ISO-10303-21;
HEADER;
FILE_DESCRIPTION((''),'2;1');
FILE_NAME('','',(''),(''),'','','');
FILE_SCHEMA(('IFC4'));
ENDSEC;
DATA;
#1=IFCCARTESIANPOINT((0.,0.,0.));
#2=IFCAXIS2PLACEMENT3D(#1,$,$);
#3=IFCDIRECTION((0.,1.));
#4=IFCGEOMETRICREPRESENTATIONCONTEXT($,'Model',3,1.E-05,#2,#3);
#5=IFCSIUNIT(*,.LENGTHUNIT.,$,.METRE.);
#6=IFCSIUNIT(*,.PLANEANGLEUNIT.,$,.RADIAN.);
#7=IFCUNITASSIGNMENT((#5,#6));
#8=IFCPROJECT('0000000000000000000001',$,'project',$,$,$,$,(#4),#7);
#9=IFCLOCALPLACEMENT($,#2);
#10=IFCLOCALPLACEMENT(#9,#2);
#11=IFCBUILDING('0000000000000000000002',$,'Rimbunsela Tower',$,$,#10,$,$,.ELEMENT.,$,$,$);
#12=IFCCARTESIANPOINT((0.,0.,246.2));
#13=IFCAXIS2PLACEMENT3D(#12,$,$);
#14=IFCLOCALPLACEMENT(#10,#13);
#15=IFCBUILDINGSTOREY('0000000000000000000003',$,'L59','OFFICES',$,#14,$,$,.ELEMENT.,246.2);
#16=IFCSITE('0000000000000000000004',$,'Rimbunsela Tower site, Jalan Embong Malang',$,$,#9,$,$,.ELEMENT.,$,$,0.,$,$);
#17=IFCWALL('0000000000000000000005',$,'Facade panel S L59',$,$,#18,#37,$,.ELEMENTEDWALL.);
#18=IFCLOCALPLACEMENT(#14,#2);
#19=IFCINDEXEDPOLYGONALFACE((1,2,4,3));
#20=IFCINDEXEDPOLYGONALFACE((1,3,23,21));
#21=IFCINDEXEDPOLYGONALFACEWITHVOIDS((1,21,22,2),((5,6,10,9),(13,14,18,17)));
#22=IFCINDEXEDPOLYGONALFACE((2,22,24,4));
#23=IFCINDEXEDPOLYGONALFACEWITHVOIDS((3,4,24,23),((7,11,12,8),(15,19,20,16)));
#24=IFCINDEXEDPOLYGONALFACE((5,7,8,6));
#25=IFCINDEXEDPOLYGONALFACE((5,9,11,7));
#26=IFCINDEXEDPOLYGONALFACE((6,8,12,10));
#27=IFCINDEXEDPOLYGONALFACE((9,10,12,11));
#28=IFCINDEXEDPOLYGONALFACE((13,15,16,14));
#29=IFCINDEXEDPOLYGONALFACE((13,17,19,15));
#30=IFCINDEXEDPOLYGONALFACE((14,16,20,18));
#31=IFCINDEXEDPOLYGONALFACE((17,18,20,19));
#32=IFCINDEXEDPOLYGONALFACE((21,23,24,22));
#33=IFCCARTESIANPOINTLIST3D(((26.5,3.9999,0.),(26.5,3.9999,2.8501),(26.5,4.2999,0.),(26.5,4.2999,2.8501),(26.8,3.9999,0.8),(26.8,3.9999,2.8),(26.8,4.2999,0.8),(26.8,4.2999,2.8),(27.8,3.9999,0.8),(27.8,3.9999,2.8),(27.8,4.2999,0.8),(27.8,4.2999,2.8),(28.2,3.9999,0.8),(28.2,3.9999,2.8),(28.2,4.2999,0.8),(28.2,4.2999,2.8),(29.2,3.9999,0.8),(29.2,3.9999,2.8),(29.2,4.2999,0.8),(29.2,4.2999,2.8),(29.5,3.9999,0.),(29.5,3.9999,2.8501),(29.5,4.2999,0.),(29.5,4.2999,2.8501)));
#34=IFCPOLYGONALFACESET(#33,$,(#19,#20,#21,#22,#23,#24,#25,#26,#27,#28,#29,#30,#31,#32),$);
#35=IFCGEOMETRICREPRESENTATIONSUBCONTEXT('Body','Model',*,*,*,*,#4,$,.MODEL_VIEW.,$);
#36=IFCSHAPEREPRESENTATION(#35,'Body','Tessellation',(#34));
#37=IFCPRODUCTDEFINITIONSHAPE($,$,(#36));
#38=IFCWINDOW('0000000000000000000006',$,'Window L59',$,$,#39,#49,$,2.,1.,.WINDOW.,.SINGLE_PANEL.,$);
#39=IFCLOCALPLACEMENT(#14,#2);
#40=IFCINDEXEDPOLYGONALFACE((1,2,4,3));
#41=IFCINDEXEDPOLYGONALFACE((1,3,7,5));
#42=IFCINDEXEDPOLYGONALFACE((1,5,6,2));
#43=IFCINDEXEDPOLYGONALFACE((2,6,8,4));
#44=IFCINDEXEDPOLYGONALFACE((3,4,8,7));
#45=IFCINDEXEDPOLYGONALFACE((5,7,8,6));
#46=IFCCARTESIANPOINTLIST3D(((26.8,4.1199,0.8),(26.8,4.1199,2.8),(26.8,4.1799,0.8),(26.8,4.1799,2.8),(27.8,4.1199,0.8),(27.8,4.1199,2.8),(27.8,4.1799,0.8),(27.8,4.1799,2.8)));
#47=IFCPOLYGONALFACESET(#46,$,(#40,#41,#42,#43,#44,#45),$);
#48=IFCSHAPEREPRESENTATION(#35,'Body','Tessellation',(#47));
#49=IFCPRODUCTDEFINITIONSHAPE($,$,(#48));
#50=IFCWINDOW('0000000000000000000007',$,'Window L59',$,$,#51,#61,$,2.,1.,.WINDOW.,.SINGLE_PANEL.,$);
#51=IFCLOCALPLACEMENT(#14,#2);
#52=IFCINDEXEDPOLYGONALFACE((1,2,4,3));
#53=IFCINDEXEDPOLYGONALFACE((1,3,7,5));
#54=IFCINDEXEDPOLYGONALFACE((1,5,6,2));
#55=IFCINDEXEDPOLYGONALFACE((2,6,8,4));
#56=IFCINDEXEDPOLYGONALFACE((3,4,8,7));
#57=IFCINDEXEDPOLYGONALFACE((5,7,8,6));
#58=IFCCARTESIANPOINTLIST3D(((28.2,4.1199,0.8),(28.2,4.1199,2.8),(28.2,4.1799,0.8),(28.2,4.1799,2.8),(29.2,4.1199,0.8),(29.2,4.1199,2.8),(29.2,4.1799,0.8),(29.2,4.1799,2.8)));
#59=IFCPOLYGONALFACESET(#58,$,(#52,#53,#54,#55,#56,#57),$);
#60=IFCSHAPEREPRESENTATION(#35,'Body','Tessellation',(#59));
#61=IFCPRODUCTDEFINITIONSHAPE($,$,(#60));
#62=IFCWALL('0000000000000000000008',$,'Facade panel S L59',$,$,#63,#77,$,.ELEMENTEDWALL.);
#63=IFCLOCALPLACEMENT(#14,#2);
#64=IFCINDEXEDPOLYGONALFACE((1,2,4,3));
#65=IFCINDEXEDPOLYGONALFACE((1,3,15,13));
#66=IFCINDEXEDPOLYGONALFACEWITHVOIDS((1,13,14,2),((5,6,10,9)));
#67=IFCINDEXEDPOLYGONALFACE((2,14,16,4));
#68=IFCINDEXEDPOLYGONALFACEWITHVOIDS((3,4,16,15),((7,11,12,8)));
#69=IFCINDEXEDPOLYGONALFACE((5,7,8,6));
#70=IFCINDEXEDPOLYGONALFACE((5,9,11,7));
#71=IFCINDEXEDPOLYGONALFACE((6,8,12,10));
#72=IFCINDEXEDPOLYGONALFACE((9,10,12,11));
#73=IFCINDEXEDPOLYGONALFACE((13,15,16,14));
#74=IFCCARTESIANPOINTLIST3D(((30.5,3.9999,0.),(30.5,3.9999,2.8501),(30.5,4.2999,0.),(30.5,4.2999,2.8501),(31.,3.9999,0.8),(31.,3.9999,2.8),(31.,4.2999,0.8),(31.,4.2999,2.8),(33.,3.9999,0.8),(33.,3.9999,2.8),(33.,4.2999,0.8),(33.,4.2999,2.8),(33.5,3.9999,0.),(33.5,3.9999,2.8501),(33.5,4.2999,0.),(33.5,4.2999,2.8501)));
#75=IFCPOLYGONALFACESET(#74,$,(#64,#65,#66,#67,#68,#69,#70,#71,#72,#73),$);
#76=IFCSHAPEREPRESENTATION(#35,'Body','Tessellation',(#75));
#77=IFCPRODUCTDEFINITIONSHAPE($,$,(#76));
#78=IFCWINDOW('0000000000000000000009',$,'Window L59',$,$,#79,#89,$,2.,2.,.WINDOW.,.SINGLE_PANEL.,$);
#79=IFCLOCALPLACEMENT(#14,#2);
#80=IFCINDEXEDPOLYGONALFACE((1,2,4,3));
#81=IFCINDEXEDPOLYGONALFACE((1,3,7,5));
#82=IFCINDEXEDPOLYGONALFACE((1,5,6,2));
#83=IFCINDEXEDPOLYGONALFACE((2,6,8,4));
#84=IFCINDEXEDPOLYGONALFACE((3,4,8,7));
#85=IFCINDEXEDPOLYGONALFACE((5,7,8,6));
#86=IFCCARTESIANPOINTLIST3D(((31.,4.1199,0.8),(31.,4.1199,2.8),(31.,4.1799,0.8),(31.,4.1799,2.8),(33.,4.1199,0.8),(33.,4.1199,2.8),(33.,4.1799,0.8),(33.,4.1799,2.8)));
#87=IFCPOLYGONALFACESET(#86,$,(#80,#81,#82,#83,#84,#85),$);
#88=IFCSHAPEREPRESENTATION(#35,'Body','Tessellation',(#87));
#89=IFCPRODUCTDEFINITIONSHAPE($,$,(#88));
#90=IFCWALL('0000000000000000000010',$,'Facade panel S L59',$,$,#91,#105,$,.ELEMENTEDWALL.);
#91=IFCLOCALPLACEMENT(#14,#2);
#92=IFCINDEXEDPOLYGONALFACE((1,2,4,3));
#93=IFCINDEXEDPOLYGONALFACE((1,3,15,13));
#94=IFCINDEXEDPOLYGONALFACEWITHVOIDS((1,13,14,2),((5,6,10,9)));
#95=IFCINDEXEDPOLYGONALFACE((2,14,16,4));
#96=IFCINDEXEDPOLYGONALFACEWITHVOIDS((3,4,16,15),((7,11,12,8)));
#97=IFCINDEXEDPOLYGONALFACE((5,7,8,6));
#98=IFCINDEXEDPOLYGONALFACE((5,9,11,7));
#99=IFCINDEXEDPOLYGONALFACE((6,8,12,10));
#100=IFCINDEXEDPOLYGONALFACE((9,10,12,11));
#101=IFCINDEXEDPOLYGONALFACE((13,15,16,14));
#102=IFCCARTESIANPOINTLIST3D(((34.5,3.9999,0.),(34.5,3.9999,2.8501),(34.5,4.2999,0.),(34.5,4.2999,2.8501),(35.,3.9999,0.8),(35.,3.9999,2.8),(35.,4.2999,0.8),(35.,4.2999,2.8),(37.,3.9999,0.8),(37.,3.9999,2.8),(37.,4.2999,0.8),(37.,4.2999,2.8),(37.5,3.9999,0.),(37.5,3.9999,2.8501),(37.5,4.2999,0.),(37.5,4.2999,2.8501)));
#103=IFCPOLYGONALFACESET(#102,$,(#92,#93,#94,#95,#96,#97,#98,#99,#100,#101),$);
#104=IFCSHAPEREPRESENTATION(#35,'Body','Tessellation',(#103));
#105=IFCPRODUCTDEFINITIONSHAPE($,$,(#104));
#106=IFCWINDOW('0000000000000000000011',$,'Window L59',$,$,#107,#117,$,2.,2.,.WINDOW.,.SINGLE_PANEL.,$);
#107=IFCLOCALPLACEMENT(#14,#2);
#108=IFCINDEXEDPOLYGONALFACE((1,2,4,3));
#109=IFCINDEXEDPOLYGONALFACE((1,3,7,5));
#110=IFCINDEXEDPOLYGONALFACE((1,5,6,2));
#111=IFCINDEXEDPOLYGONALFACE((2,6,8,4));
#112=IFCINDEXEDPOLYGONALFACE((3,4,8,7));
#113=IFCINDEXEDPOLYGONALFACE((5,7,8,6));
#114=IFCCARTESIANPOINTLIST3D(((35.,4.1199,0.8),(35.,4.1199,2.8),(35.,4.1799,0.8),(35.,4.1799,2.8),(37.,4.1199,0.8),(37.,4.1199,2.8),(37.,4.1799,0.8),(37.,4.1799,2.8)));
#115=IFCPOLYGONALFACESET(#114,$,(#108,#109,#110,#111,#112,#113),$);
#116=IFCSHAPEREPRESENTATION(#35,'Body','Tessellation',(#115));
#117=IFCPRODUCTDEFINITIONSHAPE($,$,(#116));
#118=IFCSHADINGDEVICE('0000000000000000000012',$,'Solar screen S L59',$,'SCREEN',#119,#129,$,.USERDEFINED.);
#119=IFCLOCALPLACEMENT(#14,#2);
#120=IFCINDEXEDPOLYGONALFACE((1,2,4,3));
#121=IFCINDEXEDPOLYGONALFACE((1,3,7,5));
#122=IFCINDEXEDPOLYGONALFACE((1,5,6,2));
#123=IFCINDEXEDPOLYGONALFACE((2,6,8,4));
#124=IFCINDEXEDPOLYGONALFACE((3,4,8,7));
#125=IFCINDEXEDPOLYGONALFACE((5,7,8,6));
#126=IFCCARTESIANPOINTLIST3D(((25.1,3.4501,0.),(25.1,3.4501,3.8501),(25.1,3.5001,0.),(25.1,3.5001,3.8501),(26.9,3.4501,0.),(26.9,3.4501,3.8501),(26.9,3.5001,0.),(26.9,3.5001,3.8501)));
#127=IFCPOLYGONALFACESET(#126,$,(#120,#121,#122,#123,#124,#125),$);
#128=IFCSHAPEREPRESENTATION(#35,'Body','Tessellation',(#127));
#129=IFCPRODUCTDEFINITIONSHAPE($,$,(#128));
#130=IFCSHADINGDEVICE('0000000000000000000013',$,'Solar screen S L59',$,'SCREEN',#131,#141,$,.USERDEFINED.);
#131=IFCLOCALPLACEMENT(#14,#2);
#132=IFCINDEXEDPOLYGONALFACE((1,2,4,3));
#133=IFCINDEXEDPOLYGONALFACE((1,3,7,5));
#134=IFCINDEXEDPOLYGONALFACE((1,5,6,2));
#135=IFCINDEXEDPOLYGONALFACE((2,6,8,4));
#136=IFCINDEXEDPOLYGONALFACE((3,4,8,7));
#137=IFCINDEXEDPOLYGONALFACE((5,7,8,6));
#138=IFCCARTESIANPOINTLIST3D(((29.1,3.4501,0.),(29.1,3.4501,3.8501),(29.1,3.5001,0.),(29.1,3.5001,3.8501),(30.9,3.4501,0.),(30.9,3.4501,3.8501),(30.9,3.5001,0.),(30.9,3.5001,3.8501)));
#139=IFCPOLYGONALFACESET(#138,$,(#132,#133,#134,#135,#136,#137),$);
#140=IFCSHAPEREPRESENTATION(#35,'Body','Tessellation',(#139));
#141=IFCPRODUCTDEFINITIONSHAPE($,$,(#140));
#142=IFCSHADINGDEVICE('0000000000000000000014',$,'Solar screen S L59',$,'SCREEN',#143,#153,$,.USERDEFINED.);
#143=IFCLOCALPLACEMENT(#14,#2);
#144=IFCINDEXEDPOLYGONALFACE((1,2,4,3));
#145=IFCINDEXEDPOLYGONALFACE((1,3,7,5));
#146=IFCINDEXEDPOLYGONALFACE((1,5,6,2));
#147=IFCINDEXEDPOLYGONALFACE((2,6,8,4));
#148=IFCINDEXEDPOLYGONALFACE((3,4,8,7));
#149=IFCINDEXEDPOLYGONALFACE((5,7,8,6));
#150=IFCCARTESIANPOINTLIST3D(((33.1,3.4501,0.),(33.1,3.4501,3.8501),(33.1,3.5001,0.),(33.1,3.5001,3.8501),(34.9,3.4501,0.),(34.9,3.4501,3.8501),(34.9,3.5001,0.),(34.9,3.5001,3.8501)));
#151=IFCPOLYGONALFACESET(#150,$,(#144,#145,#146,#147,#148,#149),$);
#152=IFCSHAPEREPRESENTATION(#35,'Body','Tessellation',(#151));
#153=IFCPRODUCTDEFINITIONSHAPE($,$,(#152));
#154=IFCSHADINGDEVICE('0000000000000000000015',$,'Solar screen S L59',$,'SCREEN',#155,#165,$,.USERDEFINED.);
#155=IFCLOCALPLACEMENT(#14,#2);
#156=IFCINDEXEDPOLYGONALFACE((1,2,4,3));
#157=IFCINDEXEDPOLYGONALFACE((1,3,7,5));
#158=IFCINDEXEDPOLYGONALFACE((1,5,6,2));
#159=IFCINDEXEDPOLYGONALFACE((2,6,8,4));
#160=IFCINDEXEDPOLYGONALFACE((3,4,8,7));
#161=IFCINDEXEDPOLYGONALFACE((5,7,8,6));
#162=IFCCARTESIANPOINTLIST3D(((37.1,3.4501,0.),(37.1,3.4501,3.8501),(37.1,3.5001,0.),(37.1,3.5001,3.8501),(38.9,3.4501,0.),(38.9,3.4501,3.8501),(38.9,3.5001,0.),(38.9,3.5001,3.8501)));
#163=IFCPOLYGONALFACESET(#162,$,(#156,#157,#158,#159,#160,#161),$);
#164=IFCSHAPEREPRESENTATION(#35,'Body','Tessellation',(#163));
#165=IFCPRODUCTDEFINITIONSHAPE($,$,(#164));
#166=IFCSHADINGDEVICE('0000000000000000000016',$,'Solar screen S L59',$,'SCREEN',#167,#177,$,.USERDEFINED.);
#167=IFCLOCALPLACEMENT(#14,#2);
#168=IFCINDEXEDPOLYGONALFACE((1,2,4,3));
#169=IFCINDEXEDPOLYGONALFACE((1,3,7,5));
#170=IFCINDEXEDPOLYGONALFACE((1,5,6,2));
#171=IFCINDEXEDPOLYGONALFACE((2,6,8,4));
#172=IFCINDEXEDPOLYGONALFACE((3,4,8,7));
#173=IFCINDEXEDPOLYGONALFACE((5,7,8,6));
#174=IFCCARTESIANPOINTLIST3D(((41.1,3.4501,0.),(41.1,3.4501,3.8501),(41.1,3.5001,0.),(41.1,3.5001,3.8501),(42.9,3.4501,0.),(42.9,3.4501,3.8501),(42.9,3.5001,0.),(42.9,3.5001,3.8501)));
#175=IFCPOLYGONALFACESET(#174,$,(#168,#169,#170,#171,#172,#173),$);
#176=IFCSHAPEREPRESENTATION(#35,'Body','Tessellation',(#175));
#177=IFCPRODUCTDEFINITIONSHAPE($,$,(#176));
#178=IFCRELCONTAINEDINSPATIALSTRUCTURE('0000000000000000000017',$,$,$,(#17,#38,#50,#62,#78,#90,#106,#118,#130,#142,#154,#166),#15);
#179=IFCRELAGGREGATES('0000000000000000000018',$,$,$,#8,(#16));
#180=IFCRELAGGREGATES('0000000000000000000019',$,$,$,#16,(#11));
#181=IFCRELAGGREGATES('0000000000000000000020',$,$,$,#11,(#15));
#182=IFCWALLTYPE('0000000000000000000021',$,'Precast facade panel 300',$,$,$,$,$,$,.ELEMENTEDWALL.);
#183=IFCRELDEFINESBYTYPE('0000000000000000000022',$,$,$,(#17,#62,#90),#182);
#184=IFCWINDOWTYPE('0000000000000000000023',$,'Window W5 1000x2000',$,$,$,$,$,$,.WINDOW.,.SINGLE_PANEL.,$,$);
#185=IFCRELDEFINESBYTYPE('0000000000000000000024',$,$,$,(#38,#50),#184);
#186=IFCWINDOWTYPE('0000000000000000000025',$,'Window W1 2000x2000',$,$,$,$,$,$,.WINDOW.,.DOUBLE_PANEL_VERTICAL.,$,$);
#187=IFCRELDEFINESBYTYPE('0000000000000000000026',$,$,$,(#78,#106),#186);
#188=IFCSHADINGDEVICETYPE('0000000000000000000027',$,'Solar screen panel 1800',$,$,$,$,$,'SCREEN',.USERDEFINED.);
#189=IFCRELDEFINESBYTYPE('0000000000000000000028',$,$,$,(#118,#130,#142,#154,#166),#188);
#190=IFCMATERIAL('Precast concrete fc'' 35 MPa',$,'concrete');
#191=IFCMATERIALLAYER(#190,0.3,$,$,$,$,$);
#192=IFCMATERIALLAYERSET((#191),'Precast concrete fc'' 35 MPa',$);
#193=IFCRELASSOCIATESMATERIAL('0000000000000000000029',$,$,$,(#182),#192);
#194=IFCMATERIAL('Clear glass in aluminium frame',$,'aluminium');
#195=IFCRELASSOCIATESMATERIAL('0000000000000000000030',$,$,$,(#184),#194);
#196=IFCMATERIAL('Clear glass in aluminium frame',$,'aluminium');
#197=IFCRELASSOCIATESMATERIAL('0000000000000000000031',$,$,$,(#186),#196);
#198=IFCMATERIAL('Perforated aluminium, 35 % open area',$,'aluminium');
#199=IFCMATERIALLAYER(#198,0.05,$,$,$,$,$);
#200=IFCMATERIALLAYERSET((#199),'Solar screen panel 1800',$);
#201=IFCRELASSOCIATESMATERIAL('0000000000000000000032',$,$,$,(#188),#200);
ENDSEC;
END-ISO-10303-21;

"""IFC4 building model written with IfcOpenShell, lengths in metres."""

from ifc_helpers import new_model, si_unit, direction, frame, frame_2d, origin, origin_2d, place, context, subcontext, project, spatial, rectangle, extrude, material, layer, layer_set, type_object, element, fill, save


model = new_model("IFC4")

# Units and contexts
model_context = context("Model", 3, precision=1e-05, world=origin(), true_north=direction((0.0, 1.0)))
body_context = subcontext(model_context, "Body", "Model", "MODEL_VIEW")
ifc_project = project(units=[si_unit("LENGTHUNIT", "METRE"), si_unit("PLANEANGLEUNIT", "RADIAN")], contexts=[model_context])

# Site, building, storey
site_placement = place(None, origin())
site = spatial("IfcSite", under=ifc_project, at=site_placement, Name="Rimbunsela Tower site, Jalan Embong Malang", CompositionType="ELEMENT", RefElevation=0.0)
building_placement = place(site_placement, origin())
building = spatial("IfcBuilding", under=site, at=building_placement, Name="Rimbunsela Tower", CompositionType="ELEMENT")
storey_placement = place(building_placement, frame((0.0, 0.0, 246.2)))
storey = spatial("IfcBuildingStorey", under=building, at=storey_placement, Name="L59", Description="OFFICES", CompositionType="ELEMENT", Elevation=246.2)

# Wall, openings, windows
ifc_material_1 = material(Name="Precast concrete fc' 35 MPa", Category="concrete")
ifc_layer_1 = layer(ifc_material_1, 0.3)
ifc_layer_set_1 = layer_set([ifc_layer_1], Name="Precast concrete fc' 35 MPa")
wall_type = type_object("IfcWallType", Name="Precast facade panel 300", PredefinedType="ELEMENTEDWALL", material=ifc_layer_set_1)
wall_1_placement = place(storey_placement, frame((26.5, 4.1499, 0.0), z_axis=(0.0, 0.0, 1.0), x_axis=(1.0, 0.0, 0.0)))
wall_1 = element("IfcWall", 1, at=wall_1_placement, inside=storey, type_object=wall_type, Name="Facade panel S L59", PredefinedType="ELEMENTEDWALL", context=body_context, shape_type="SweptSolid", body=[
    extrude(rectangle(XDim=3.0, YDim=0.3, at=frame_2d((1.5, 0.0))), origin(), (0.0, 0.0, 1.0), 2.8501),
])
opening_1_placement = place(wall_1_placement, frame((0.3, 0.0, 0.8)))
opening_1 = element("IfcOpeningElement", 2, at=opening_1_placement, cuts=wall_1, PredefinedType="OPENING", context=body_context, shape_type="SweptSolid", body=[
    extrude(rectangle(XDim=1.0, YDim=2.0, at=frame_2d((0.5, 1.0))), frame((0.0, 0.1599, 0.0), z_axis=(0.0, -1.0, 0.0), x_axis=(1.0, 0.0, 0.0)), (0.0, 0.0, 1.0), 0.3201),
])
opening_2_placement = place(wall_1_placement, frame((1.7, 0.0, 0.8)))
opening_2 = element("IfcOpeningElement", 3, at=opening_2_placement, cuts=wall_1, PredefinedType="OPENING", context=body_context, shape_type="SweptSolid", body=[
    extrude(rectangle(XDim=1.0, YDim=2.0, at=frame_2d((0.5, 1.0))), frame((0.0, 0.1599, 0.0), z_axis=(0.0, -1.0, 0.0), x_axis=(1.0, 0.0, 0.0)), (0.0, 0.0, 1.0), 0.3201),
])
ifc_material_2 = material(Name="Clear glass in aluminium frame", Category="aluminium")
window_type_1 = type_object("IfcWindowType", Name="Window W5 1000x2000", PartitioningType="SINGLE_PANEL", PredefinedType="WINDOW", material=ifc_material_2)
window_1_placement = place(opening_1_placement, origin())
window_1 = element("IfcWindow", 4, at=window_1_placement, inside=storey, type_object=window_type_1, Name="Window L59", OverallHeight=2.0, OverallWidth=1.0, PartitioningType="SINGLE_PANEL", PredefinedType="WINDOW", context=body_context, shape_type="SweptSolid", body=[
    extrude(rectangle(XDim=1.0, YDim=2.0, at=frame_2d((0.5, 1.0))), frame((0.0, 0.03, 0.0), z_axis=(0.0, -1.0, 0.0), x_axis=(1.0, 0.0, 0.0)), (0.0, 0.0, 1.0), 0.0601),
])
fill(opening_1, window_1)
window_2_placement = place(opening_2_placement, origin())
window_2 = element("IfcWindow", 5, at=window_2_placement, inside=storey, type_object=window_type_1, Name="Window L59", OverallHeight=2.0, OverallWidth=1.0, PartitioningType="SINGLE_PANEL", PredefinedType="WINDOW", context=body_context, shape_type="SweptSolid", body=[
    extrude(rectangle(XDim=1.0, YDim=2.0, at=frame_2d((0.5, 1.0))), frame((0.0, 0.03, 0.0), z_axis=(0.0, -1.0, 0.0), x_axis=(1.0, 0.0, 0.0)), (0.0, 0.0, 1.0), 0.0601),
])
fill(opening_2, window_2)

# Walls, openings, windows
wall_2_placement = place(storey_placement, frame((30.5, 4.1499, 0.0), z_axis=(0.0, 0.0, 1.0), x_axis=(1.0, 0.0, 0.0)))
wall_2 = element("IfcWall", 6, at=wall_2_placement, inside=storey, type_object=wall_type, Name="Facade panel S L59", PredefinedType="ELEMENTEDWALL", context=body_context, shape_type="SweptSolid", body=[
    extrude(rectangle(XDim=3.0, YDim=0.3, at=frame_2d((1.5, 0.0))), origin(), (0.0, 0.0, 1.0), 2.8501),
])
opening_3_placement = place(wall_2_placement, frame((0.5, 0.0, 0.8)))
opening_3 = element("IfcOpeningElement", 7, at=opening_3_placement, cuts=wall_2, PredefinedType="OPENING", context=body_context, shape_type="SweptSolid", body=[
    extrude(rectangle(XDim=2.0, YDim=2.0, at=frame_2d((1.0, 1.0))), frame((0.0, 0.1599, 0.0), z_axis=(0.0, -1.0, 0.0), x_axis=(1.0, 0.0, 0.0)), (0.0, 0.0, 1.0), 0.3201),
])
ifc_material_3 = material(Name="Clear glass in aluminium frame", Category="aluminium")
window_type_2 = type_object("IfcWindowType", Name="Window W1 2000x2000", PartitioningType="DOUBLE_PANEL_VERTICAL", PredefinedType="WINDOW", material=ifc_material_3)
window_3_placement = place(opening_3_placement, origin())
window_3 = element("IfcWindow", 8, at=window_3_placement, inside=storey, type_object=window_type_2, Name="Window L59", OverallHeight=2.0, OverallWidth=2.0, PartitioningType="SINGLE_PANEL", PredefinedType="WINDOW", context=body_context, shape_type="SweptSolid", body=[
    extrude(rectangle(XDim=2.0, YDim=2.0, at=frame_2d((1.0, 1.0))), frame((0.0, 0.03, 0.0), z_axis=(0.0, -1.0, 0.0), x_axis=(1.0, 0.0, 0.0)), (0.0, 0.0, 1.0), 0.0601),
])
fill(opening_3, window_3)
wall_3_placement = place(storey_placement, frame((34.5, 4.1499, 0.0), z_axis=(0.0, 0.0, 1.0), x_axis=(1.0, 0.0, 0.0)))
wall_3 = element("IfcWall", 9, at=wall_3_placement, inside=storey, type_object=wall_type, Name="Facade panel S L59", PredefinedType="ELEMENTEDWALL", context=body_context, shape_type="SweptSolid", body=[
    extrude(rectangle(XDim=3.0, YDim=0.3, at=frame_2d((1.5, 0.0))), origin(), (0.0, 0.0, 1.0), 2.8501),
])
opening_4_placement = place(wall_3_placement, frame((0.5, 0.0, 0.8)))
opening_4 = element("IfcOpeningElement", 10, at=opening_4_placement, cuts=wall_3, PredefinedType="OPENING", context=body_context, shape_type="SweptSolid", body=[
    extrude(rectangle(XDim=2.0, YDim=2.0, at=frame_2d((1.0, 1.0))), frame((0.0, 0.1599, 0.0), z_axis=(0.0, -1.0, 0.0), x_axis=(1.0, 0.0, 0.0)), (0.0, 0.0, 1.0), 0.3201),
])
window_4_placement = place(opening_4_placement, origin())
window_4 = element("IfcWindow", 11, at=window_4_placement, inside=storey, type_object=window_type_2, Name="Window L59", OverallHeight=2.0, OverallWidth=2.0, PartitioningType="SINGLE_PANEL", PredefinedType="WINDOW", context=body_context, shape_type="SweptSolid", body=[
    extrude(rectangle(XDim=2.0, YDim=2.0, at=frame_2d((1.0, 1.0))), frame((0.0, 0.03, 0.0), z_axis=(0.0, -1.0, 0.0), x_axis=(1.0, 0.0, 0.0)), (0.0, 0.0, 1.0), 0.0601),
])
fill(opening_4, window_4)

# Shading devices
ifc_material_4 = material(Name="Perforated aluminium, 35 % open area", Category="aluminium")
ifc_layer_2 = layer(ifc_material_4, 0.05)
ifc_layer_set_2 = layer_set([ifc_layer_2], Name="Solar screen panel 1800")
shading_device_type = type_object("IfcShadingDeviceType", Name="Solar screen panel 1800", ElementType="SCREEN", PredefinedType="USERDEFINED", material=ifc_layer_set_2)
for number, where, z_axis, x_axis, name in (
    (12, (26.0, 3.4751, 0.0), (0.0, 0.0, 1.0), (1.0, 0.0, 0.0), "Solar screen S L59"),
    (13, (30.0, 3.4751, 0.0), (0.0, 0.0, 1.0), (1.0, 0.0, 0.0), "Solar screen S L59"),
    (14, (34.0, 3.4751, 0.0), (0.0, 0.0, 1.0), (1.0, 0.0, 0.0), "Solar screen S L59"),
    (15, (38.0, 3.4751, 0.0), (0.0, 0.0, 1.0), (1.0, 0.0, 0.0), "Solar screen S L59"),
    (16, (42.0, 3.4751, 0.0), (0.0, 0.0, 1.0), (1.0, 0.0, 0.0), "Solar screen S L59"),
):
    element("IfcShadingDevice", number, at=place(storey_placement, frame(where, z_axis=z_axis, x_axis=x_axis)), inside=storey, type_object=shading_device_type, Name=name, ObjectType="SCREEN", PredefinedType="USERDEFINED", context=body_context, shape_type="SweptSolid", body=[
        extrude(rectangle(XDim=1.8, YDim=0.05, at=origin_2d()), origin(), (0.0, 0.0, 1.0), 3.8501),
    ])

save(model, "model.ifc")
